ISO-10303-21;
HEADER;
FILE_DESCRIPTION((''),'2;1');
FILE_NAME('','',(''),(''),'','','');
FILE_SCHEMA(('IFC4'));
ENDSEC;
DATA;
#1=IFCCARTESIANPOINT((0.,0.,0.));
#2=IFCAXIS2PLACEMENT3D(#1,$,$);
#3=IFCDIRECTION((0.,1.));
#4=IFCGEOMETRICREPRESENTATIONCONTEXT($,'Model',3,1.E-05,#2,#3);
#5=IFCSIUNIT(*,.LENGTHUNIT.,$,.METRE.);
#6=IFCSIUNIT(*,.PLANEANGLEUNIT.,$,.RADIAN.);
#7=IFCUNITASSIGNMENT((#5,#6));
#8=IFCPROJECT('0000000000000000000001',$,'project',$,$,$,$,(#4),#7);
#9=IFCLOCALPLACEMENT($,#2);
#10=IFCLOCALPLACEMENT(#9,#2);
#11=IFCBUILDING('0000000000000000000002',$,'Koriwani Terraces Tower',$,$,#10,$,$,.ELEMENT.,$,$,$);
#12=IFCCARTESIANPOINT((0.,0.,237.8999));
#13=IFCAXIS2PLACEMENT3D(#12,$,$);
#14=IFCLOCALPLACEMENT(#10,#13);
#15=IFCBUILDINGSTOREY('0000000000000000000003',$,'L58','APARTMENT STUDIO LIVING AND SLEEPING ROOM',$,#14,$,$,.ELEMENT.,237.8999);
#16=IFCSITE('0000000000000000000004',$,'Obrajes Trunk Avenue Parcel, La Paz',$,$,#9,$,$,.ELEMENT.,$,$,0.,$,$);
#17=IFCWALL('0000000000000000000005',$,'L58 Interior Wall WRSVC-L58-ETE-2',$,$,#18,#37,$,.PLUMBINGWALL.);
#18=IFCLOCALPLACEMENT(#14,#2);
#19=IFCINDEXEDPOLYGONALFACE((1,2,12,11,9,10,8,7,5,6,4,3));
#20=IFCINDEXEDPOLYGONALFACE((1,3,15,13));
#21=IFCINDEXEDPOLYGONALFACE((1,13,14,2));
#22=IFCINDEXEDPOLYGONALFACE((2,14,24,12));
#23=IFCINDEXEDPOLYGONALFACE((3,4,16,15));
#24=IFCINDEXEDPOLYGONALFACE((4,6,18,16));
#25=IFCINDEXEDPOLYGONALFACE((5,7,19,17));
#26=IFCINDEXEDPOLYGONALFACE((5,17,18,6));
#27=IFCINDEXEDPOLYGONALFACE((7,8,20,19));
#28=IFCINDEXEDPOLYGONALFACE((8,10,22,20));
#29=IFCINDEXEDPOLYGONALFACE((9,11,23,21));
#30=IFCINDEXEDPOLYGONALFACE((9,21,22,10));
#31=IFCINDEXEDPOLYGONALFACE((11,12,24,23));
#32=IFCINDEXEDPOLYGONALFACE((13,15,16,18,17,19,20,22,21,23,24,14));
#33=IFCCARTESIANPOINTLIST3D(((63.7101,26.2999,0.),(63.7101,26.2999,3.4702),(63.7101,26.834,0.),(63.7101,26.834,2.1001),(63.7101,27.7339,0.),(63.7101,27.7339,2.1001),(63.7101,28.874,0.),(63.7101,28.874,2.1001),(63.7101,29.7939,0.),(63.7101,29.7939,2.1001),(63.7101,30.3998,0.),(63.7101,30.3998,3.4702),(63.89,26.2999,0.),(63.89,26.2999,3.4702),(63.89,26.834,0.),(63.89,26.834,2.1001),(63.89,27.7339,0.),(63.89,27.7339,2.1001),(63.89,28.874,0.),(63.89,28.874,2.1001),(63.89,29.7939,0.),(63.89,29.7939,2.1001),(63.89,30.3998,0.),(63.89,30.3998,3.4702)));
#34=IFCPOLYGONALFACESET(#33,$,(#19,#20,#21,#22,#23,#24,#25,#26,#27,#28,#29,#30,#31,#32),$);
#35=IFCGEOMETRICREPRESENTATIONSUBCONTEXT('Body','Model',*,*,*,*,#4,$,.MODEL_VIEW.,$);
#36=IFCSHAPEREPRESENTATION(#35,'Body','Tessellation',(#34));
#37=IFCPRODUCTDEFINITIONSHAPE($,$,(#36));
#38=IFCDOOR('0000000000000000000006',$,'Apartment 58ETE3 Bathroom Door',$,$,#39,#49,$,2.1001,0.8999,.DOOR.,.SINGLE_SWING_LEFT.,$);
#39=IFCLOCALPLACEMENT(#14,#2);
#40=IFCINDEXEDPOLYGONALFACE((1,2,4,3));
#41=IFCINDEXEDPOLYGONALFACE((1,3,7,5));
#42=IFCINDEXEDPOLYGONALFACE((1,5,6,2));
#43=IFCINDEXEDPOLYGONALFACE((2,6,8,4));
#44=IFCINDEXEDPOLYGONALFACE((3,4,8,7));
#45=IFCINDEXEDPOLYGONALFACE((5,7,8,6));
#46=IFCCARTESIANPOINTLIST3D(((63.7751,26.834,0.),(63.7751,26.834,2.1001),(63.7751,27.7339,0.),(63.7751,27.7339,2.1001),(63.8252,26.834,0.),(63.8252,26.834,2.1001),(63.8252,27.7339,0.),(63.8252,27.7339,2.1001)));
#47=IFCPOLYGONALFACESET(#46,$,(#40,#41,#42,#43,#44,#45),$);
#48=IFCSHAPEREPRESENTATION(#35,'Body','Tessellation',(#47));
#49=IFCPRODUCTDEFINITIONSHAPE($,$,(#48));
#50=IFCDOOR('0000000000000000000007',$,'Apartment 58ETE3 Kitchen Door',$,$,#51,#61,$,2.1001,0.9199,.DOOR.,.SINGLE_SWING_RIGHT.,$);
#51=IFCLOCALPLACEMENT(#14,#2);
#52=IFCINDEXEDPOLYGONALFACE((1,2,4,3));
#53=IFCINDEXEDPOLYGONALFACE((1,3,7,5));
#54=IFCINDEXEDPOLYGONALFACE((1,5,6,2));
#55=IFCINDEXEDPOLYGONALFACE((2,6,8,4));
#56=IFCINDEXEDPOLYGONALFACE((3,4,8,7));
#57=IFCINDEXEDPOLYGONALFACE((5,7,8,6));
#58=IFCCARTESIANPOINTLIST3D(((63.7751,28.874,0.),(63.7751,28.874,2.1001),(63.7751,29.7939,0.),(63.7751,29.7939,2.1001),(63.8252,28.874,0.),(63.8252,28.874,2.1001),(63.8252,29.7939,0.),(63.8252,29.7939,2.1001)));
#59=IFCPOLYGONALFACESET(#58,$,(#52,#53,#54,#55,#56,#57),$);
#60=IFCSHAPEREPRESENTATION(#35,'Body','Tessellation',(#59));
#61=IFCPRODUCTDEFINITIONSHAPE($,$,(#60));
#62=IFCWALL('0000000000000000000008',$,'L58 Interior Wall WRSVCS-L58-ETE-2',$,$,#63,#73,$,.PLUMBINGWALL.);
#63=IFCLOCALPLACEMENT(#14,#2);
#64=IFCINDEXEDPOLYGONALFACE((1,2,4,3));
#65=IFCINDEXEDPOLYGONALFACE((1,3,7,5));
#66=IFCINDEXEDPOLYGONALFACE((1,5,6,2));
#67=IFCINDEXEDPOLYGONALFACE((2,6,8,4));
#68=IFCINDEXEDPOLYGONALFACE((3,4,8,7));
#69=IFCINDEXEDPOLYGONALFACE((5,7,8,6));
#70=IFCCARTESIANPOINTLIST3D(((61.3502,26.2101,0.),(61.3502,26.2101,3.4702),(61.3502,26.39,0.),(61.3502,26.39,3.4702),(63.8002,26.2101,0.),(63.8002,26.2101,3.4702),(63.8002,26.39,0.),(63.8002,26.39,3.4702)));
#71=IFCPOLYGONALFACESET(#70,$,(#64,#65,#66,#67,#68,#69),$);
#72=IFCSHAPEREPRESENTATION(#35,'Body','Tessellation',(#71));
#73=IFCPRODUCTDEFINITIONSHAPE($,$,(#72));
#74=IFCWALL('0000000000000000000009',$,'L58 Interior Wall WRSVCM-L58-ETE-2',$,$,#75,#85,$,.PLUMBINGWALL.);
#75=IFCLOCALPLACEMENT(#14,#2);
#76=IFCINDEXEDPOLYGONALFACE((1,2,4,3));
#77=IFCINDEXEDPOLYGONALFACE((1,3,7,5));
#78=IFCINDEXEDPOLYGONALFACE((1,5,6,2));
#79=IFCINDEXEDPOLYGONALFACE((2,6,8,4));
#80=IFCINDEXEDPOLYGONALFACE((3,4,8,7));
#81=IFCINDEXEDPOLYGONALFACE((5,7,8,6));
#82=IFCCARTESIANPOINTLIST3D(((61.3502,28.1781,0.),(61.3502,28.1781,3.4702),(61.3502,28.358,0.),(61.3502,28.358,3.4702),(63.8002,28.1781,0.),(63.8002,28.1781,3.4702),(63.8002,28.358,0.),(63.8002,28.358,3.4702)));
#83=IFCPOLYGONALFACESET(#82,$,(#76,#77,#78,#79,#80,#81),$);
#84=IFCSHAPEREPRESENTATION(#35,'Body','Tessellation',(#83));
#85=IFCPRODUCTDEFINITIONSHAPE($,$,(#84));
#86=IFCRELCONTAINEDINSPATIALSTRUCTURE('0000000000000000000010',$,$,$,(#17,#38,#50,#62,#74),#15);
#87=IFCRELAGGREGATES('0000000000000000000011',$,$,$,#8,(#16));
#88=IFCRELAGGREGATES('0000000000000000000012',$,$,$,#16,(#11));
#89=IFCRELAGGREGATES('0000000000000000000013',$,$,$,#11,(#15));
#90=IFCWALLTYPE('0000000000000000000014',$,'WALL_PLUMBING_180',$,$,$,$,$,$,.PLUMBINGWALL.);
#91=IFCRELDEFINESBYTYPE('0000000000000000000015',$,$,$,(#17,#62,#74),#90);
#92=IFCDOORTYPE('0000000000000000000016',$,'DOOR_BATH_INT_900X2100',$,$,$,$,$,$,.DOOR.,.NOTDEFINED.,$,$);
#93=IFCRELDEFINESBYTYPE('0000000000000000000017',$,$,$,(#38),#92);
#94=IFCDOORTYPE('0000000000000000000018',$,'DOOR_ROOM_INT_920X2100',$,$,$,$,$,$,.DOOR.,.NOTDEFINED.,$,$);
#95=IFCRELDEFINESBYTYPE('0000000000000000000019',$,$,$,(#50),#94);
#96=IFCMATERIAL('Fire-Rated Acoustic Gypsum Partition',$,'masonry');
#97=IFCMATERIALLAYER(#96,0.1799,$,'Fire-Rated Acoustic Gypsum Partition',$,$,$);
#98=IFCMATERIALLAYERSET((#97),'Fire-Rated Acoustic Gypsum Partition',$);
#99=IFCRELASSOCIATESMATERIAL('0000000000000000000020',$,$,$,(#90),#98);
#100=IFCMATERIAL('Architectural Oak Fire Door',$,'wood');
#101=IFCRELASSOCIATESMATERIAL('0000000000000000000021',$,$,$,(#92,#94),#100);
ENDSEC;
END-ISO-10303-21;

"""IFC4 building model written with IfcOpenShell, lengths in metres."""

from ifc_helpers import new_model, si_unit, direction, frame, frame_2d, origin, place, context, subcontext, project, spatial, rectangle, extrude, material, layer, layer_set, type_object, element, fill, save


model = new_model("IFC4")

# Units and contexts
model_context = context("Model", 3, precision=1e-05, world=origin(), true_north=direction((0.0, 1.0)))
body_context = subcontext(model_context, "Body", "Model", "MODEL_VIEW")
ifc_project = project(units=[si_unit("LENGTHUNIT", "METRE"), si_unit("PLANEANGLEUNIT", "RADIAN")], contexts=[model_context])

# Site, building, storey
site_placement = place(None, origin())
site = spatial("IfcSite", under=ifc_project, at=site_placement, Name="Obrajes Trunk Avenue Parcel, La Paz", CompositionType="ELEMENT", RefElevation=0.0)
building_placement = place(site_placement, origin())
building = spatial("IfcBuilding", under=site, at=building_placement, Name="Koriwani Terraces Tower", CompositionType="ELEMENT")
storey_placement = place(building_placement, frame((0.0, 0.0, 237.8999)))
storey = spatial("IfcBuildingStorey", under=building, at=storey_placement, Name="L58", Description="APARTMENT STUDIO LIVING AND SLEEPING ROOM", CompositionType="ELEMENT", Elevation=237.8999)

# Wall, openings, doors
ifc_material_1 = material(Name="Fire-Rated Acoustic Gypsum Partition", Category="masonry")
ifc_layer_1 = layer(ifc_material_1, 0.1799, Name="Fire-Rated Acoustic Gypsum Partition")
ifc_layer_set_1 = layer_set([ifc_layer_1], Name="Fire-Rated Acoustic Gypsum Partition")
wall_type_1 = type_object("IfcWallType", Name="WALL_PLUMBING_180", PredefinedType="PLUMBINGWALL", material=ifc_layer_set_1)
wall_1_placement = place(storey_placement, frame((63.8, 26.3, 0.0), z_axis=(0.0, 0.0, 1.0), x_axis=(0.0, 1.0, 0.0)))
wall_1 = element("IfcWall", 1, at=wall_1_placement, inside=storey, type_object=wall_type_1, Name="L58 Interior Wall WRSVC-L58-ETE-2", PredefinedType="PLUMBINGWALL", context=body_context, shape_type="SweptSolid", body=[
    extrude(rectangle(XDim=4.0999, YDim=0.1799, at=frame_2d((2.0498, 0.0))), origin(), (0.0, 0.0, 1.0), 3.4702),
])
opening_1_placement = place(wall_1_placement, frame((0.5339, 0.0, 0.0)))
opening_1 = element("IfcOpeningElement", 2, at=opening_1_placement, cuts=wall_1, PredefinedType="OPENING", context=body_context, shape_type="SweptSolid", body=[
    extrude(rectangle(XDim=0.8999, YDim=2.1001, at=frame_2d((0.45, 1.05))), frame((0.0, 0.1001, 0.0), z_axis=(0.0, -1.0, 0.0), x_axis=(1.0, 0.0, 0.0)), (0.0, 0.0, 1.0), 0.2),
])
opening_2_placement = place(wall_1_placement, frame((2.574, 0.0, 0.0)))
opening_2 = element("IfcOpeningElement", 3, at=opening_2_placement, cuts=wall_1, PredefinedType="OPENING", context=body_context, shape_type="SweptSolid", body=[
    extrude(rectangle(XDim=0.9199, YDim=2.1001, at=frame_2d((0.46, 1.05))), frame((0.0, 0.1001, 0.0), z_axis=(0.0, -1.0, 0.0), x_axis=(1.0, 0.0, 0.0)), (0.0, 0.0, 1.0), 0.2),
])
ifc_material_2 = material(Name="Architectural Oak Fire Door", Category="wood")
door_type_1 = type_object("IfcDoorType", Name="DOOR_BATH_INT_900X2100", OperationType="NOTDEFINED", PredefinedType="DOOR", material=ifc_material_2)
door_1_placement = place(opening_1_placement, origin())
door_1 = element("IfcDoor", 4, at=door_1_placement, inside=storey, type_object=door_type_1, Name="Apartment 58ETE3 Bathroom Door", OperationType="SINGLE_SWING_LEFT", OverallHeight=2.1001, OverallWidth=0.8999, PredefinedType="DOOR", context=body_context, shape_type="SweptSolid", body=[
    extrude(rectangle(XDim=0.8999, YDim=2.1001, at=frame_2d((0.45, 1.05))), frame((0.0, 0.0249, 0.0), z_axis=(0.0, -1.0, 0.0), x_axis=(1.0, 0.0, 0.0)), (0.0, 0.0, 1.0), 0.05),
])
fill(opening_1, door_1)
door_type_2 = type_object("IfcDoorType", Name="DOOR_ROOM_INT_920X2100", OperationType="NOTDEFINED", PredefinedType="DOOR", material=ifc_material_2)
door_2_placement = place(opening_2_placement, origin())
door_2 = element("IfcDoor", 5, at=door_2_placement, inside=storey, type_object=door_type_2, Name="Apartment 58ETE3 Kitchen Door", OperationType="SINGLE_SWING_RIGHT", OverallHeight=2.1001, OverallWidth=0.9199, PredefinedType="DOOR", context=body_context, shape_type="SweptSolid", body=[
    extrude(rectangle(XDim=0.9199, YDim=2.1001, at=frame_2d((0.46, 1.05))), frame((0.0, 0.0249, 0.0), z_axis=(0.0, -1.0, 0.0), x_axis=(1.0, 0.0, 0.0)), (0.0, 0.0, 1.0), 0.05),
])
fill(opening_2, door_2)

# Walls
for number, where, z_axis, x_axis, name in (
    (6, (61.3501, 26.3, 0.0), (0.0, 0.0, 1.0), (1.0, 0.0, 0.0), "L58 Interior Wall WRSVCS-L58-ETE-2"),
    (7, (61.3501, 28.2681, 0.0), (0.0, 0.0, 1.0), (1.0, 0.0, 0.0), "L58 Interior Wall WRSVCM-L58-ETE-2"),
):
    element("IfcWall", number, at=place(storey_placement, frame(where, z_axis=z_axis, x_axis=x_axis)), inside=storey, type_object=wall_type_1, Name=name, PredefinedType="PLUMBINGWALL", context=body_context, shape_type="SweptSolid", body=[
        extrude(rectangle(XDim=2.45, YDim=0.1799, at=frame_2d((1.2251, 0.0))), origin(), (0.0, 0.0, 1.0), 3.4702),
    ])

save(model, "model.ifc")
